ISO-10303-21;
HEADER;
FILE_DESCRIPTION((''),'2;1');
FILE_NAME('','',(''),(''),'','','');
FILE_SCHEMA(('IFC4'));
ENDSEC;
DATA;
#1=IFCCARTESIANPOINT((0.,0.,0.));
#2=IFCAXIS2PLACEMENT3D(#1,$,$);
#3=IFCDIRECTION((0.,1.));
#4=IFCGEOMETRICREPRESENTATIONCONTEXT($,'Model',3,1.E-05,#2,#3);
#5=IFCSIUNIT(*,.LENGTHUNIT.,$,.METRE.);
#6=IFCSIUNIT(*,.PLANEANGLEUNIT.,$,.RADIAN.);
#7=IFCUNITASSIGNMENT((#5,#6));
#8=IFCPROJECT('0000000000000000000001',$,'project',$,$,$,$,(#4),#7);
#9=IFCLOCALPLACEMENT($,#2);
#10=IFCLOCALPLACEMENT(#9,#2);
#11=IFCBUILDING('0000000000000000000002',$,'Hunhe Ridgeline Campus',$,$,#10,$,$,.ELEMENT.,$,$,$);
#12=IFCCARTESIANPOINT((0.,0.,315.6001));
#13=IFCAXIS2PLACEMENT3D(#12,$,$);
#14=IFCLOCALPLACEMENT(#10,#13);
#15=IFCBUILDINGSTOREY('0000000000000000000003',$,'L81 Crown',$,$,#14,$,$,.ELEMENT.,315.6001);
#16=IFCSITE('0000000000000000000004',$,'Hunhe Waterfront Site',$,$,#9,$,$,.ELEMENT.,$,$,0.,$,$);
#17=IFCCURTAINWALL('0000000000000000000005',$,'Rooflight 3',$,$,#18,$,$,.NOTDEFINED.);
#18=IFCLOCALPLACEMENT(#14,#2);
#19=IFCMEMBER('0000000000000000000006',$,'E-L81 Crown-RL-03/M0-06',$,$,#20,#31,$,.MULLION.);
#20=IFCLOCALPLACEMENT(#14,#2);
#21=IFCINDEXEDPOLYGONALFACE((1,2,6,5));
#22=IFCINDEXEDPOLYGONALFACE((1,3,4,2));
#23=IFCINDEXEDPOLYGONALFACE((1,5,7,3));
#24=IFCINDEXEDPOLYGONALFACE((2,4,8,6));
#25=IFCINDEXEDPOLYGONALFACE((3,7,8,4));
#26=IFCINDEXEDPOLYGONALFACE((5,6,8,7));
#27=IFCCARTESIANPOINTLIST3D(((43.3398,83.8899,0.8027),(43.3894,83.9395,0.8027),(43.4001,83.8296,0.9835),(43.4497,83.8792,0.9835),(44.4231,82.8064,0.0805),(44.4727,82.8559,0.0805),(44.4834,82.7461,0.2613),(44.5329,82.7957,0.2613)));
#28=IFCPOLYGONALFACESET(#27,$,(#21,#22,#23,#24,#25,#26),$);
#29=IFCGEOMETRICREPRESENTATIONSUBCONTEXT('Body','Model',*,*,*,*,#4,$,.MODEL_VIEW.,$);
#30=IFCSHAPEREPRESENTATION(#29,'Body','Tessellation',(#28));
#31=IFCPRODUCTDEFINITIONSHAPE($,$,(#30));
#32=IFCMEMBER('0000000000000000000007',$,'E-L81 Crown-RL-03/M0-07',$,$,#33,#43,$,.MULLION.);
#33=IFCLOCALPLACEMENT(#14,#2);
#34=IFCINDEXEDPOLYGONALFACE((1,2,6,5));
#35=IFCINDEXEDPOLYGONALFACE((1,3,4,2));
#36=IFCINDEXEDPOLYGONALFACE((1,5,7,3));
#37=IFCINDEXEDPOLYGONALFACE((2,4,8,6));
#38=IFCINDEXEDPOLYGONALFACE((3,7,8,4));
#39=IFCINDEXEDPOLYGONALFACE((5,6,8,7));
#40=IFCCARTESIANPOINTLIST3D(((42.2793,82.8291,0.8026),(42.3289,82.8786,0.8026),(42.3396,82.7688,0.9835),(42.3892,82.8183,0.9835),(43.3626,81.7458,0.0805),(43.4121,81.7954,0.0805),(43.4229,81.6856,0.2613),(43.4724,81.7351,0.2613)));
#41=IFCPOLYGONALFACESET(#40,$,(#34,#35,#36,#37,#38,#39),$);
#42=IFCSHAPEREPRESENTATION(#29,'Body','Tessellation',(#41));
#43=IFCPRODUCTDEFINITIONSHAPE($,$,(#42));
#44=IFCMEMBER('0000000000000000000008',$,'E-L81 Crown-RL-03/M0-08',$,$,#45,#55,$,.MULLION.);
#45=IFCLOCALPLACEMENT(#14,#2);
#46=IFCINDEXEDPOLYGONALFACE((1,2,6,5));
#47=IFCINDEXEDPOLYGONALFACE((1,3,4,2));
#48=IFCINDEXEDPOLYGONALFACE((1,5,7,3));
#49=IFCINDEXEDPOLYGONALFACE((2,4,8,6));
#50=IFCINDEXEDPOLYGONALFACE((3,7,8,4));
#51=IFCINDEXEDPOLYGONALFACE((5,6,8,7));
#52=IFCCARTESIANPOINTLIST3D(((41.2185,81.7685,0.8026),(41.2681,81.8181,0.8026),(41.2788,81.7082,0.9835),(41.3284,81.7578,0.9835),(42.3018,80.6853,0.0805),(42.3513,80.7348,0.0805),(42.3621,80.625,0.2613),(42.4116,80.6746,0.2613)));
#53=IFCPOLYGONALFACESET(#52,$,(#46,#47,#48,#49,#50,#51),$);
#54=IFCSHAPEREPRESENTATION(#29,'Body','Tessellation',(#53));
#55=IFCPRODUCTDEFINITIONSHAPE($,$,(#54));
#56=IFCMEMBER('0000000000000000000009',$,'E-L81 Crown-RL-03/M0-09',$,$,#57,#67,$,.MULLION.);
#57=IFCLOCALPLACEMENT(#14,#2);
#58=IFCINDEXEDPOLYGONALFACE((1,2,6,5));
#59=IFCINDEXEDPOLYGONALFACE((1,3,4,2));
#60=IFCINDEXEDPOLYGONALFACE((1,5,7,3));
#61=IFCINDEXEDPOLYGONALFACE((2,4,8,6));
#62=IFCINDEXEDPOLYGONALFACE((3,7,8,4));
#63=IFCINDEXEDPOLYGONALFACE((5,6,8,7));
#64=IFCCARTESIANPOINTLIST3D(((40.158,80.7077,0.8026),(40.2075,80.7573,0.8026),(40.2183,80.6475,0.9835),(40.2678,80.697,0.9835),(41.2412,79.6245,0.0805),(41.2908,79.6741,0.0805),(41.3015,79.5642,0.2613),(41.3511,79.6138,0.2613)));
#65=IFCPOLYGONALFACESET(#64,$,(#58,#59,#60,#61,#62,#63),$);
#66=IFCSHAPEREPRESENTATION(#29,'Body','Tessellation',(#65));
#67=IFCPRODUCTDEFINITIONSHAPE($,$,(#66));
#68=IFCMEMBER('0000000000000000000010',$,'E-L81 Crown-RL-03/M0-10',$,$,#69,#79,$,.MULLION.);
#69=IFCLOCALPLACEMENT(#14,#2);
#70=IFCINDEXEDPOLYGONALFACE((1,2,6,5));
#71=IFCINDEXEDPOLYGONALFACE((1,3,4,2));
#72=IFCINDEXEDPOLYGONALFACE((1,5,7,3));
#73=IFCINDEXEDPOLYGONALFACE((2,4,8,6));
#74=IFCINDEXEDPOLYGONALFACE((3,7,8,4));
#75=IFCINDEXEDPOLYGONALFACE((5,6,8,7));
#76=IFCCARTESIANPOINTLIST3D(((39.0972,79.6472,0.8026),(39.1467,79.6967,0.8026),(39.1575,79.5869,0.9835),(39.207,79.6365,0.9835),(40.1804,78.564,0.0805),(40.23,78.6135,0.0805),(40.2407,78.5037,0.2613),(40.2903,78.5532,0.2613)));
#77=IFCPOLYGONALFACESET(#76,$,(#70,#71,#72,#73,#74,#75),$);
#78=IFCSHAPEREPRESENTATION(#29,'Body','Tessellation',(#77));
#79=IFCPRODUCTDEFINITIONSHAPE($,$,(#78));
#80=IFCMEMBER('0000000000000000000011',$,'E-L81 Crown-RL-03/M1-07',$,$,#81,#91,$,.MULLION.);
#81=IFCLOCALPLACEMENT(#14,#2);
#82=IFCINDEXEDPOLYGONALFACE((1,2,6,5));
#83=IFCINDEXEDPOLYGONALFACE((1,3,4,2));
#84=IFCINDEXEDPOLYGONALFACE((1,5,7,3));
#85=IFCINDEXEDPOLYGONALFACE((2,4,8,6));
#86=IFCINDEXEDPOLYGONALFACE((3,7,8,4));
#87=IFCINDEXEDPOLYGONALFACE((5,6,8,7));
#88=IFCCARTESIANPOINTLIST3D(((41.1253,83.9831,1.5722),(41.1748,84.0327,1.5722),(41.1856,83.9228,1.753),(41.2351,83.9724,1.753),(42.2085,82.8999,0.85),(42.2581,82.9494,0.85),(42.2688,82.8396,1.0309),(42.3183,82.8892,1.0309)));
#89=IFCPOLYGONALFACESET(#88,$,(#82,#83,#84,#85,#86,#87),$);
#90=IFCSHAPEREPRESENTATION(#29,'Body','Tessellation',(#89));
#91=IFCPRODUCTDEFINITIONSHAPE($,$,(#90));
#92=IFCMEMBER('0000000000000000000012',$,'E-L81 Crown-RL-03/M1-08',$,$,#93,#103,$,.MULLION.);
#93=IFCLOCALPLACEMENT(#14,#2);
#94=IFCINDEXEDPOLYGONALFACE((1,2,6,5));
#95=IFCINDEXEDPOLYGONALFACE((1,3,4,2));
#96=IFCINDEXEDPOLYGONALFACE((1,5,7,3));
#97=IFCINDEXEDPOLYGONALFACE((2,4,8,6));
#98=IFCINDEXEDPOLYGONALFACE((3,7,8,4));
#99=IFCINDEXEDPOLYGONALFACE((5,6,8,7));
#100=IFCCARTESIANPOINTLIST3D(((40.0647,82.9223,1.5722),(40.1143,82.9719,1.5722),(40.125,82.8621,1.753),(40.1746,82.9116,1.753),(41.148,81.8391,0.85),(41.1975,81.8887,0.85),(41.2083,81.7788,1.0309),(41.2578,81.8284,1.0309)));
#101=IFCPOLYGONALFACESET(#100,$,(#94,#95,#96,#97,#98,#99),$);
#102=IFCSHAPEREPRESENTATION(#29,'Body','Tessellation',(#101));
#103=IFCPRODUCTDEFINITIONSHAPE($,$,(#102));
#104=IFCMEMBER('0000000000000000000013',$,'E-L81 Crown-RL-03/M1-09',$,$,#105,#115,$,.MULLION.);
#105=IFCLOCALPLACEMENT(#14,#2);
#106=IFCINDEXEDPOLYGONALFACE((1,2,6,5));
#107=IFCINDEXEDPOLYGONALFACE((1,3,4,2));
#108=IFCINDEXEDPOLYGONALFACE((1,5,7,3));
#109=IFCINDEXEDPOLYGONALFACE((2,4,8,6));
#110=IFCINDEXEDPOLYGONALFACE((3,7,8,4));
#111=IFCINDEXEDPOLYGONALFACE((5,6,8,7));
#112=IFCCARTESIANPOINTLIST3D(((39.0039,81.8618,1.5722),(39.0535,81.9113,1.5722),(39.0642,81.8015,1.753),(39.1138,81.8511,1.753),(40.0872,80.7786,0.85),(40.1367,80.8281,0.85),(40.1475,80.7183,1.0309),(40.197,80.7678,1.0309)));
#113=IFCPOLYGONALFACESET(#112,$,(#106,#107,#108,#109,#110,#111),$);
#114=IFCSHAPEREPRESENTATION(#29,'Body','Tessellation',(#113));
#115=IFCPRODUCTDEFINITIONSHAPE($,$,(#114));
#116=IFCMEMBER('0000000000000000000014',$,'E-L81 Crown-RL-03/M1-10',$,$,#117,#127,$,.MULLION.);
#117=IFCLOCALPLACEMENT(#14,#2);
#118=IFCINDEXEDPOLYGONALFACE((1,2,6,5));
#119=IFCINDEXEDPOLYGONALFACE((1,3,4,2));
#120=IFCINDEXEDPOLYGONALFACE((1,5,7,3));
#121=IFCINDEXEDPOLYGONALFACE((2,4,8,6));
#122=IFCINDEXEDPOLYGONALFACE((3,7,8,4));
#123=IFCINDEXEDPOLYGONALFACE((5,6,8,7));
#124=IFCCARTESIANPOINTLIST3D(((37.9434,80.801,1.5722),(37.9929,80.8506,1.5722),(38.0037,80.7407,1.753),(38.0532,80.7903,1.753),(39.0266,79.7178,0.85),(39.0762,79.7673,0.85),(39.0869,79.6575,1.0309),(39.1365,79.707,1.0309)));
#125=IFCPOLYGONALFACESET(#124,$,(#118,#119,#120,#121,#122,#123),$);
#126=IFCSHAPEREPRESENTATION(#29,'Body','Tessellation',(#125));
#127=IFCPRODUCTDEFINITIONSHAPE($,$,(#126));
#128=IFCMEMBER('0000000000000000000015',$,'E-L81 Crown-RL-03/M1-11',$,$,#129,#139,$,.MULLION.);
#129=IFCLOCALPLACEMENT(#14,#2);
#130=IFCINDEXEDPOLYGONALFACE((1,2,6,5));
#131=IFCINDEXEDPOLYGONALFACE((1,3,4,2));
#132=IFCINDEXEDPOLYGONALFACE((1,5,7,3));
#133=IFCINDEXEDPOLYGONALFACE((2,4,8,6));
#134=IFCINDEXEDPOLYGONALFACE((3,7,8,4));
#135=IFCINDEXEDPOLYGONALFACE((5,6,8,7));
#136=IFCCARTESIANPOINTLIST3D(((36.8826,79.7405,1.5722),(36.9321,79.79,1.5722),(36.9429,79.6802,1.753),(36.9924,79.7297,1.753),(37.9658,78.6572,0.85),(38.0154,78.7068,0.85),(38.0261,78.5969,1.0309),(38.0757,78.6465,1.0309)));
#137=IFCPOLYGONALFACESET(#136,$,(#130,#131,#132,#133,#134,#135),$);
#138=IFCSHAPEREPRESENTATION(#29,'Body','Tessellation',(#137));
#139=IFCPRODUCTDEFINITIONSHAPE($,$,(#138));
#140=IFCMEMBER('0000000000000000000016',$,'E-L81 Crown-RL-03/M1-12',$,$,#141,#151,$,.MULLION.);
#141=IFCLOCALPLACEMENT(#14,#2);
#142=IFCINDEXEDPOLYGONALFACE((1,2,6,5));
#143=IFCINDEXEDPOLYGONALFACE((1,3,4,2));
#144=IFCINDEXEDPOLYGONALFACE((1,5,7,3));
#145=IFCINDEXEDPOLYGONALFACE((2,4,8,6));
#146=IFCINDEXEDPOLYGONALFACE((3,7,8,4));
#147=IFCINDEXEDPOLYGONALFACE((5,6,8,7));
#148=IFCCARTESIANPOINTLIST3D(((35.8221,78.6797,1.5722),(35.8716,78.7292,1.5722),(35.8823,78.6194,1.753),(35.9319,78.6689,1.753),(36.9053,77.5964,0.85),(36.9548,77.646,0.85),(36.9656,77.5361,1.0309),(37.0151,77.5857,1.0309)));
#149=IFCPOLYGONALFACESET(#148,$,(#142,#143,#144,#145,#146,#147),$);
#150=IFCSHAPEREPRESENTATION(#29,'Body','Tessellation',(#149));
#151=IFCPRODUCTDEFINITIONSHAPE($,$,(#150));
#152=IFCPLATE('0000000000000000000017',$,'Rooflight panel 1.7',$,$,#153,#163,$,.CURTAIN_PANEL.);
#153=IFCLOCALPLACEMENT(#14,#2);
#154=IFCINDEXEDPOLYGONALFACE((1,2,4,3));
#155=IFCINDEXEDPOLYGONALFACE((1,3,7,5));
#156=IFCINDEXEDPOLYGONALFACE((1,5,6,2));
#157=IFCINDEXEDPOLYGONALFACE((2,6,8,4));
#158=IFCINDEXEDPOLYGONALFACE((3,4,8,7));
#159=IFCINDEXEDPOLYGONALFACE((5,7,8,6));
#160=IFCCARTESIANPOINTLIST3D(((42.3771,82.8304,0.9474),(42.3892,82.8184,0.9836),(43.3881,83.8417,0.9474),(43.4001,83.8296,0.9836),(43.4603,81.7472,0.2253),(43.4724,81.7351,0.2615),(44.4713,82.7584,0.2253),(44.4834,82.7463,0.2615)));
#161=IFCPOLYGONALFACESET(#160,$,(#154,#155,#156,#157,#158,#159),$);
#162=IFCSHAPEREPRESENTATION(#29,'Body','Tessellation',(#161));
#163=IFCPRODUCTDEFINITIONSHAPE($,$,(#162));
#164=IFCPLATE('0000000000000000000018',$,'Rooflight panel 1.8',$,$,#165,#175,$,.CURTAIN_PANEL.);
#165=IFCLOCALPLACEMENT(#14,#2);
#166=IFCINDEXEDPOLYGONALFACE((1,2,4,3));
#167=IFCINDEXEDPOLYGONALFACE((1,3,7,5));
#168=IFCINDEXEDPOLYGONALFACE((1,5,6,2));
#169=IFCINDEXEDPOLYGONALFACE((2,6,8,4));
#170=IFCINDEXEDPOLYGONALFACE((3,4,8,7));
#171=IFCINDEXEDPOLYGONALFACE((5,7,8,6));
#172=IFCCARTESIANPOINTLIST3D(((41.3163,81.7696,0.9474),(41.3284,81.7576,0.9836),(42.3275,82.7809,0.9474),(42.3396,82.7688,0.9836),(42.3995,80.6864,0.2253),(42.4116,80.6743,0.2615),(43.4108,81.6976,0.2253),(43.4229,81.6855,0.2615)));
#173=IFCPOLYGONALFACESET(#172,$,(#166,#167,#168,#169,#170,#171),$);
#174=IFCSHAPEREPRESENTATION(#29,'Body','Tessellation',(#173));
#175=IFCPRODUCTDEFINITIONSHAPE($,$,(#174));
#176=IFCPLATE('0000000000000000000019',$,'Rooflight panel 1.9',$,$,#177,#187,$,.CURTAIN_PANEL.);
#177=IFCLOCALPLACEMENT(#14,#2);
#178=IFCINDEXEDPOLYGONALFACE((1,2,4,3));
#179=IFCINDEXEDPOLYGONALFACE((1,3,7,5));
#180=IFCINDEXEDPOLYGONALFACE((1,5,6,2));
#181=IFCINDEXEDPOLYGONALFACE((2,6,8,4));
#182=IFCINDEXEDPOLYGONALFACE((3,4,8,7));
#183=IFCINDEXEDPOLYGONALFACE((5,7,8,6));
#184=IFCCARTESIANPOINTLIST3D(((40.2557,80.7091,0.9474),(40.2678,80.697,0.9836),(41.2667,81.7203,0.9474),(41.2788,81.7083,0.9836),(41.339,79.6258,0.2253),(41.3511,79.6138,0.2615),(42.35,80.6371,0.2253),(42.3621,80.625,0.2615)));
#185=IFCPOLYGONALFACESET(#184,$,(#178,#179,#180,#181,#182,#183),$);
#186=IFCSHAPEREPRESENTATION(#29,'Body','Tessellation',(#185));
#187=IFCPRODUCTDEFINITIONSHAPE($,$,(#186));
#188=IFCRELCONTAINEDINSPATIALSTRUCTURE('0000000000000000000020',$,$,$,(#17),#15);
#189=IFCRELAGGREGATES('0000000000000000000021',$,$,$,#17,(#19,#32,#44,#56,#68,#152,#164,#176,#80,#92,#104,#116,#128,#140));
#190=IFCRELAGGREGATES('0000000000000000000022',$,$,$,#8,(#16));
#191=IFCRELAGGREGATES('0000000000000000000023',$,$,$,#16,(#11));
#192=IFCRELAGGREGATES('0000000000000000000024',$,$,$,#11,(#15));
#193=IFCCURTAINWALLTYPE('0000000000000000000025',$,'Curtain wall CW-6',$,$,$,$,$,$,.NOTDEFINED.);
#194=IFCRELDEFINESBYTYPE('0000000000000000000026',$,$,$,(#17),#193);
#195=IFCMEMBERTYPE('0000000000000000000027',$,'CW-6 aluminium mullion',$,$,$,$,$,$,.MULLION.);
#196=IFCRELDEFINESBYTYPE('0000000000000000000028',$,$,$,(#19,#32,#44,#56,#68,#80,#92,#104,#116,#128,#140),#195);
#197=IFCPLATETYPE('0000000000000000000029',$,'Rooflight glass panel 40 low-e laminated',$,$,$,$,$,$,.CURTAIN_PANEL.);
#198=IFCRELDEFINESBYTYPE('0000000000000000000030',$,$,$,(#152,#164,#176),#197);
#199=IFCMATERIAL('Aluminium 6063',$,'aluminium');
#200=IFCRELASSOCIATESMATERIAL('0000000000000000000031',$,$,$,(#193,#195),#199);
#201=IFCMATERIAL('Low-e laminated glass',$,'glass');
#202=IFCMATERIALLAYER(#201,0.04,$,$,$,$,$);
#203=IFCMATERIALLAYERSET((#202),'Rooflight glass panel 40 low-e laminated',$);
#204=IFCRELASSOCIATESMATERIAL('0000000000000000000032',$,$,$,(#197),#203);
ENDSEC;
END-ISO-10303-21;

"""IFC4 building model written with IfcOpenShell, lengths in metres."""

from ifc_helpers import new_model, si_unit, direction, frame, origin, origin_2d, place, context, subcontext, project, spatial, polyline, rectangle, outline, extrude, material, layer, layer_set, material_profile, profile_set, type_object, element, aggregate, save


model = new_model("IFC4")

# Units and contexts
model_context = context("Model", 3, precision=1e-05, world=origin(), true_north=direction((0.0, 1.0)))
body_context = subcontext(model_context, "Body", "Model", "MODEL_VIEW")
ifc_project = project(units=[si_unit("LENGTHUNIT", "METRE"), si_unit("PLANEANGLEUNIT", "RADIAN")], contexts=[model_context])

# Site, building, storey
site_placement = place(None, origin())
site = spatial("IfcSite", under=ifc_project, at=site_placement, Name="Hunhe Waterfront Site", CompositionType="ELEMENT", RefElevation=0.0)
building_placement = place(site_placement, origin())
building = spatial("IfcBuilding", under=site, at=building_placement, Name="Hunhe Ridgeline Campus", CompositionType="ELEMENT")
storey_placement = place(building_placement, frame((0.0, 0.0, 315.6001)))
storey = spatial("IfcBuildingStorey", under=building, at=storey_placement, Name="L81 Crown", CompositionType="ELEMENT", Elevation=315.6001)

# Curtain wall, members, plates
ifc_material_1 = material(Name="Aluminium 6063", Category="aluminium")
curtain_wall_type = type_object("IfcCurtainWallType", Name="Curtain wall CW-6", PredefinedType="NOTDEFINED", material=ifc_material_1)
curtain_wall_placement = place(storey_placement, origin())
curtain_wall = element("IfcCurtainWall", 1, at=curtain_wall_placement, inside=storey, type_object=curtain_wall_type, Name="Rooflight 3", PredefinedType="NOTDEFINED")
ifc_material_profile = material_profile(ifc_material_1, rectangle(XDim=0.0701, YDim=0.2, at=origin_2d()))
ifc_profile_set = profile_set([ifc_material_profile], Name="Aluminium 6063")
member_type = type_object("IfcMemberType", Name="CW-6 aluminium mullion", PredefinedType="MULLION", material=ifc_profile_set)
member_1_placement = place(storey_placement, frame((44.478, 82.801, 0.1709), z_axis=(-0.639543, 0.639687, 0.426362), x_axis=(-0.707186, -0.707027, 0.0)))
member_1 = element("IfcMember", 2, at=member_1_placement, type_object=member_type, Name="E-L81 Crown-RL-03/M0-06", PredefinedType="MULLION", context=body_context, shape_type="SweptSolid", body=[
    extrude(rectangle(XDim=0.0701, YDim=0.2, at=origin_2d()), origin(), (0.0, 0.0, 1.0), 1.6938),
])
member_2_placement = place(storey_placement, frame((43.4175, 81.7405, 0.1709), z_axis=(-0.639602, 0.639602, 0.426401), x_axis=(-0.707107, -0.707107, 0.0)))
member_2 = element("IfcMember", 3, at=member_2_placement, type_object=member_type, Name="E-L81 Crown-RL-03/M0-07", PredefinedType="MULLION", context=body_context, shape_type="SweptSolid", body=[
    extrude(rectangle(XDim=0.0701, YDim=0.2, at=origin_2d()), origin(), (0.0, 0.0, 1.0), 1.6936),
])
member_3_placement = place(storey_placement, frame((42.3567, 80.6799, 0.1709), z_axis=(-0.639602, 0.639602, 0.426401), x_axis=(-0.707107, -0.707107, 0.0)))
member_3 = element("IfcMember", 4, at=member_3_placement, type_object=member_type, Name="E-L81 Crown-RL-03/M0-08", PredefinedType="MULLION", context=body_context, shape_type="SweptSolid", body=[
    extrude(rectangle(XDim=0.0701, YDim=0.2, at=origin_2d()), origin(), (0.0, 0.0, 1.0), 1.6936),
])
member_4_placement = place(storey_placement, frame((41.2961, 79.6191, 0.1709), z_axis=(-0.639602, 0.639602, 0.426401), x_axis=(-0.707107, -0.707107, 0.0)))
member_4 = element("IfcMember", 5, at=member_4_placement, type_object=member_type, Name="E-L81 Crown-RL-03/M0-09", PredefinedType="MULLION", context=body_context, shape_type="SweptSolid", body=[
    extrude(rectangle(XDim=0.0701, YDim=0.2, at=origin_2d()), origin(), (0.0, 0.0, 1.0), 1.6936),
])
member_5_placement = place(storey_placement, frame((40.2354, 78.5586, 0.1709), z_axis=(-0.639602, 0.639602, 0.426401), x_axis=(-0.707107, -0.707107, 0.0)))
member_5 = element("IfcMember", 6, at=member_5_placement, type_object=member_type, Name="E-L81 Crown-RL-03/M0-10", PredefinedType="MULLION", context=body_context, shape_type="SweptSolid", body=[
    extrude(rectangle(XDim=0.0701, YDim=0.2, at=origin_2d()), origin(), (0.0, 0.0, 1.0), 1.6936),
])
member_6_placement = place(storey_placement, frame((42.2634, 82.8945, 0.9404), z_axis=(-0.639602, 0.639602, 0.426401), x_axis=(-0.707107, -0.707107, 0.0)))
member_6 = element("IfcMember", 7, at=member_6_placement, type_object=member_type, Name="E-L81 Crown-RL-03/M1-07", PredefinedType="MULLION", context=body_context, shape_type="SweptSolid", body=[
    extrude(rectangle(XDim=0.0701, YDim=0.2, at=origin_2d()), origin(), (0.0, 0.0, 1.0), 1.6936),
])
member_7_placement = place(storey_placement, frame((41.2029, 81.8337, 0.9404), z_axis=(-0.639602, 0.639602, 0.426401), x_axis=(-0.707107, -0.707107, 0.0)))
member_7 = element("IfcMember", 8, at=member_7_placement, type_object=member_type, Name="E-L81 Crown-RL-03/M1-08", PredefinedType="MULLION", context=body_context, shape_type="SweptSolid", body=[
    extrude(rectangle(XDim=0.0701, YDim=0.2, at=origin_2d()), origin(), (0.0, 0.0, 1.0), 1.6936),
])
member_8_placement = place(storey_placement, frame((40.1421, 80.7732, 0.9404), z_axis=(-0.639602, 0.639602, 0.426401), x_axis=(-0.707107, -0.707107, 0.0)))
member_8 = element("IfcMember", 9, at=member_8_placement, type_object=member_type, Name="E-L81 Crown-RL-03/M1-09", PredefinedType="MULLION", context=body_context, shape_type="SweptSolid", body=[
    extrude(rectangle(XDim=0.0701, YDim=0.2, at=origin_2d()), origin(), (0.0, 0.0, 1.0), 1.6936),
])
member_9_placement = place(storey_placement, frame((39.0815, 79.7124, 0.9404), z_axis=(-0.639602, 0.639602, 0.426401), x_axis=(-0.707107, -0.707107, 0.0)))
member_9 = element("IfcMember", 10, at=member_9_placement, type_object=member_type, Name="E-L81 Crown-RL-03/M1-10", PredefinedType="MULLION", context=body_context, shape_type="SweptSolid", body=[
    extrude(rectangle(XDim=0.0701, YDim=0.2, at=origin_2d()), origin(), (0.0, 0.0, 1.0), 1.6936),
])
member_10_placement = place(storey_placement, frame((38.0208, 78.6519, 0.9404), z_axis=(-0.639602, 0.639602, 0.426401), x_axis=(-0.707107, -0.707107, 0.0)))
member_10 = element("IfcMember", 11, at=member_10_placement, type_object=member_type, Name="E-L81 Crown-RL-03/M1-11", PredefinedType="MULLION", context=body_context, shape_type="SweptSolid", body=[
    extrude(rectangle(XDim=0.0701, YDim=0.2, at=origin_2d()), origin(), (0.0, 0.0, 1.0), 1.6936),
])
member_11_placement = place(storey_placement, frame((36.9602, 77.5911, 0.9404), z_axis=(-0.639602, 0.639602, 0.426401), x_axis=(-0.707107, -0.707107, 0.0)))
member_11 = element("IfcMember", 12, at=member_11_placement, type_object=member_type, Name="E-L81 Crown-RL-03/M1-12", PredefinedType="MULLION", context=body_context, shape_type="SweptSolid", body=[
    extrude(rectangle(XDim=0.0701, YDim=0.2, at=origin_2d()), origin(), (0.0, 0.0, 1.0), 1.6936),
])
ifc_material_2 = material(Name="Low-e laminated glass", Category="glass")
ifc_layer = layer(ifc_material_2, 0.04)
ifc_layer_set = layer_set([ifc_layer], Name="Rooflight glass panel 40 low-e laminated")
plate_type = type_object("IfcPlateType", Name="Rooflight glass panel 40 low-e laminated", PredefinedType="CURTAIN_PANEL", material=ifc_layer_set)
plate_1_placement = place(storey_placement, frame((44.4834, 82.7463, 0.2615), z_axis=(0.301548, -0.301475, 0.904534), x_axis=(-0.639602, 0.639602, 0.426401)))
plate_1 = element("IfcPlate", 13, at=plate_1_placement, type_object=plate_type, Name="Rooflight panel 1.7", PredefinedType="CURTAIN_PANEL", context=body_context, shape_type="SweptSolid", body=[
    extrude(outline(polyline([(0.0, 0.0), (1.6936, 0.0), (1.6935, 1.4299), (-0.0002, 1.4299), (0.0, 0.0)])), origin(), (0.0, 0.0, -1.0), 0.04),
])
plate_2_placement = place(storey_placement, frame((43.4229, 81.6855, 0.2615), z_axis=(0.301511, -0.301511, 0.904534), x_axis=(-0.639602, 0.639602, 0.426401)))
plate_2 = element("IfcPlate", 14, at=plate_2_placement, type_object=plate_type, Name="Rooflight panel 1.8", PredefinedType="CURTAIN_PANEL", context=body_context, shape_type="SweptSolid", body=[
    extrude(outline(polyline([(0.0, 0.0), (1.6936, 0.0), (1.6936, 1.4301), (0.0, 1.4301), (0.0, 0.0)])), origin(), (0.0, 0.0, -1.0), 0.04),
])
plate_3_placement = place(storey_placement, frame((42.3621, 80.625, 0.2615), z_axis=(0.301548, -0.301475, 0.904534), x_axis=(-0.639602, 0.639602, 0.426401)))
plate_3 = element("IfcPlate", 15, at=plate_3_placement, type_object=plate_type, Name="Rooflight panel 1.9", PredefinedType="CURTAIN_PANEL", context=body_context, shape_type="SweptSolid", body=[
    extrude(outline(polyline([(0.0, 0.0), (1.6936, 0.0), (1.6935, 1.4299), (-0.0002, 1.4299), (0.0, 0.0)])), origin(), (0.0, 0.0, -1.0), 0.04),
])
aggregate(curtain_wall, [member_1, member_2, member_3, member_4, member_5, plate_1, plate_2, plate_3, member_6, member_7, member_8, member_9, member_10, member_11])

save(model, "model.ifc")
